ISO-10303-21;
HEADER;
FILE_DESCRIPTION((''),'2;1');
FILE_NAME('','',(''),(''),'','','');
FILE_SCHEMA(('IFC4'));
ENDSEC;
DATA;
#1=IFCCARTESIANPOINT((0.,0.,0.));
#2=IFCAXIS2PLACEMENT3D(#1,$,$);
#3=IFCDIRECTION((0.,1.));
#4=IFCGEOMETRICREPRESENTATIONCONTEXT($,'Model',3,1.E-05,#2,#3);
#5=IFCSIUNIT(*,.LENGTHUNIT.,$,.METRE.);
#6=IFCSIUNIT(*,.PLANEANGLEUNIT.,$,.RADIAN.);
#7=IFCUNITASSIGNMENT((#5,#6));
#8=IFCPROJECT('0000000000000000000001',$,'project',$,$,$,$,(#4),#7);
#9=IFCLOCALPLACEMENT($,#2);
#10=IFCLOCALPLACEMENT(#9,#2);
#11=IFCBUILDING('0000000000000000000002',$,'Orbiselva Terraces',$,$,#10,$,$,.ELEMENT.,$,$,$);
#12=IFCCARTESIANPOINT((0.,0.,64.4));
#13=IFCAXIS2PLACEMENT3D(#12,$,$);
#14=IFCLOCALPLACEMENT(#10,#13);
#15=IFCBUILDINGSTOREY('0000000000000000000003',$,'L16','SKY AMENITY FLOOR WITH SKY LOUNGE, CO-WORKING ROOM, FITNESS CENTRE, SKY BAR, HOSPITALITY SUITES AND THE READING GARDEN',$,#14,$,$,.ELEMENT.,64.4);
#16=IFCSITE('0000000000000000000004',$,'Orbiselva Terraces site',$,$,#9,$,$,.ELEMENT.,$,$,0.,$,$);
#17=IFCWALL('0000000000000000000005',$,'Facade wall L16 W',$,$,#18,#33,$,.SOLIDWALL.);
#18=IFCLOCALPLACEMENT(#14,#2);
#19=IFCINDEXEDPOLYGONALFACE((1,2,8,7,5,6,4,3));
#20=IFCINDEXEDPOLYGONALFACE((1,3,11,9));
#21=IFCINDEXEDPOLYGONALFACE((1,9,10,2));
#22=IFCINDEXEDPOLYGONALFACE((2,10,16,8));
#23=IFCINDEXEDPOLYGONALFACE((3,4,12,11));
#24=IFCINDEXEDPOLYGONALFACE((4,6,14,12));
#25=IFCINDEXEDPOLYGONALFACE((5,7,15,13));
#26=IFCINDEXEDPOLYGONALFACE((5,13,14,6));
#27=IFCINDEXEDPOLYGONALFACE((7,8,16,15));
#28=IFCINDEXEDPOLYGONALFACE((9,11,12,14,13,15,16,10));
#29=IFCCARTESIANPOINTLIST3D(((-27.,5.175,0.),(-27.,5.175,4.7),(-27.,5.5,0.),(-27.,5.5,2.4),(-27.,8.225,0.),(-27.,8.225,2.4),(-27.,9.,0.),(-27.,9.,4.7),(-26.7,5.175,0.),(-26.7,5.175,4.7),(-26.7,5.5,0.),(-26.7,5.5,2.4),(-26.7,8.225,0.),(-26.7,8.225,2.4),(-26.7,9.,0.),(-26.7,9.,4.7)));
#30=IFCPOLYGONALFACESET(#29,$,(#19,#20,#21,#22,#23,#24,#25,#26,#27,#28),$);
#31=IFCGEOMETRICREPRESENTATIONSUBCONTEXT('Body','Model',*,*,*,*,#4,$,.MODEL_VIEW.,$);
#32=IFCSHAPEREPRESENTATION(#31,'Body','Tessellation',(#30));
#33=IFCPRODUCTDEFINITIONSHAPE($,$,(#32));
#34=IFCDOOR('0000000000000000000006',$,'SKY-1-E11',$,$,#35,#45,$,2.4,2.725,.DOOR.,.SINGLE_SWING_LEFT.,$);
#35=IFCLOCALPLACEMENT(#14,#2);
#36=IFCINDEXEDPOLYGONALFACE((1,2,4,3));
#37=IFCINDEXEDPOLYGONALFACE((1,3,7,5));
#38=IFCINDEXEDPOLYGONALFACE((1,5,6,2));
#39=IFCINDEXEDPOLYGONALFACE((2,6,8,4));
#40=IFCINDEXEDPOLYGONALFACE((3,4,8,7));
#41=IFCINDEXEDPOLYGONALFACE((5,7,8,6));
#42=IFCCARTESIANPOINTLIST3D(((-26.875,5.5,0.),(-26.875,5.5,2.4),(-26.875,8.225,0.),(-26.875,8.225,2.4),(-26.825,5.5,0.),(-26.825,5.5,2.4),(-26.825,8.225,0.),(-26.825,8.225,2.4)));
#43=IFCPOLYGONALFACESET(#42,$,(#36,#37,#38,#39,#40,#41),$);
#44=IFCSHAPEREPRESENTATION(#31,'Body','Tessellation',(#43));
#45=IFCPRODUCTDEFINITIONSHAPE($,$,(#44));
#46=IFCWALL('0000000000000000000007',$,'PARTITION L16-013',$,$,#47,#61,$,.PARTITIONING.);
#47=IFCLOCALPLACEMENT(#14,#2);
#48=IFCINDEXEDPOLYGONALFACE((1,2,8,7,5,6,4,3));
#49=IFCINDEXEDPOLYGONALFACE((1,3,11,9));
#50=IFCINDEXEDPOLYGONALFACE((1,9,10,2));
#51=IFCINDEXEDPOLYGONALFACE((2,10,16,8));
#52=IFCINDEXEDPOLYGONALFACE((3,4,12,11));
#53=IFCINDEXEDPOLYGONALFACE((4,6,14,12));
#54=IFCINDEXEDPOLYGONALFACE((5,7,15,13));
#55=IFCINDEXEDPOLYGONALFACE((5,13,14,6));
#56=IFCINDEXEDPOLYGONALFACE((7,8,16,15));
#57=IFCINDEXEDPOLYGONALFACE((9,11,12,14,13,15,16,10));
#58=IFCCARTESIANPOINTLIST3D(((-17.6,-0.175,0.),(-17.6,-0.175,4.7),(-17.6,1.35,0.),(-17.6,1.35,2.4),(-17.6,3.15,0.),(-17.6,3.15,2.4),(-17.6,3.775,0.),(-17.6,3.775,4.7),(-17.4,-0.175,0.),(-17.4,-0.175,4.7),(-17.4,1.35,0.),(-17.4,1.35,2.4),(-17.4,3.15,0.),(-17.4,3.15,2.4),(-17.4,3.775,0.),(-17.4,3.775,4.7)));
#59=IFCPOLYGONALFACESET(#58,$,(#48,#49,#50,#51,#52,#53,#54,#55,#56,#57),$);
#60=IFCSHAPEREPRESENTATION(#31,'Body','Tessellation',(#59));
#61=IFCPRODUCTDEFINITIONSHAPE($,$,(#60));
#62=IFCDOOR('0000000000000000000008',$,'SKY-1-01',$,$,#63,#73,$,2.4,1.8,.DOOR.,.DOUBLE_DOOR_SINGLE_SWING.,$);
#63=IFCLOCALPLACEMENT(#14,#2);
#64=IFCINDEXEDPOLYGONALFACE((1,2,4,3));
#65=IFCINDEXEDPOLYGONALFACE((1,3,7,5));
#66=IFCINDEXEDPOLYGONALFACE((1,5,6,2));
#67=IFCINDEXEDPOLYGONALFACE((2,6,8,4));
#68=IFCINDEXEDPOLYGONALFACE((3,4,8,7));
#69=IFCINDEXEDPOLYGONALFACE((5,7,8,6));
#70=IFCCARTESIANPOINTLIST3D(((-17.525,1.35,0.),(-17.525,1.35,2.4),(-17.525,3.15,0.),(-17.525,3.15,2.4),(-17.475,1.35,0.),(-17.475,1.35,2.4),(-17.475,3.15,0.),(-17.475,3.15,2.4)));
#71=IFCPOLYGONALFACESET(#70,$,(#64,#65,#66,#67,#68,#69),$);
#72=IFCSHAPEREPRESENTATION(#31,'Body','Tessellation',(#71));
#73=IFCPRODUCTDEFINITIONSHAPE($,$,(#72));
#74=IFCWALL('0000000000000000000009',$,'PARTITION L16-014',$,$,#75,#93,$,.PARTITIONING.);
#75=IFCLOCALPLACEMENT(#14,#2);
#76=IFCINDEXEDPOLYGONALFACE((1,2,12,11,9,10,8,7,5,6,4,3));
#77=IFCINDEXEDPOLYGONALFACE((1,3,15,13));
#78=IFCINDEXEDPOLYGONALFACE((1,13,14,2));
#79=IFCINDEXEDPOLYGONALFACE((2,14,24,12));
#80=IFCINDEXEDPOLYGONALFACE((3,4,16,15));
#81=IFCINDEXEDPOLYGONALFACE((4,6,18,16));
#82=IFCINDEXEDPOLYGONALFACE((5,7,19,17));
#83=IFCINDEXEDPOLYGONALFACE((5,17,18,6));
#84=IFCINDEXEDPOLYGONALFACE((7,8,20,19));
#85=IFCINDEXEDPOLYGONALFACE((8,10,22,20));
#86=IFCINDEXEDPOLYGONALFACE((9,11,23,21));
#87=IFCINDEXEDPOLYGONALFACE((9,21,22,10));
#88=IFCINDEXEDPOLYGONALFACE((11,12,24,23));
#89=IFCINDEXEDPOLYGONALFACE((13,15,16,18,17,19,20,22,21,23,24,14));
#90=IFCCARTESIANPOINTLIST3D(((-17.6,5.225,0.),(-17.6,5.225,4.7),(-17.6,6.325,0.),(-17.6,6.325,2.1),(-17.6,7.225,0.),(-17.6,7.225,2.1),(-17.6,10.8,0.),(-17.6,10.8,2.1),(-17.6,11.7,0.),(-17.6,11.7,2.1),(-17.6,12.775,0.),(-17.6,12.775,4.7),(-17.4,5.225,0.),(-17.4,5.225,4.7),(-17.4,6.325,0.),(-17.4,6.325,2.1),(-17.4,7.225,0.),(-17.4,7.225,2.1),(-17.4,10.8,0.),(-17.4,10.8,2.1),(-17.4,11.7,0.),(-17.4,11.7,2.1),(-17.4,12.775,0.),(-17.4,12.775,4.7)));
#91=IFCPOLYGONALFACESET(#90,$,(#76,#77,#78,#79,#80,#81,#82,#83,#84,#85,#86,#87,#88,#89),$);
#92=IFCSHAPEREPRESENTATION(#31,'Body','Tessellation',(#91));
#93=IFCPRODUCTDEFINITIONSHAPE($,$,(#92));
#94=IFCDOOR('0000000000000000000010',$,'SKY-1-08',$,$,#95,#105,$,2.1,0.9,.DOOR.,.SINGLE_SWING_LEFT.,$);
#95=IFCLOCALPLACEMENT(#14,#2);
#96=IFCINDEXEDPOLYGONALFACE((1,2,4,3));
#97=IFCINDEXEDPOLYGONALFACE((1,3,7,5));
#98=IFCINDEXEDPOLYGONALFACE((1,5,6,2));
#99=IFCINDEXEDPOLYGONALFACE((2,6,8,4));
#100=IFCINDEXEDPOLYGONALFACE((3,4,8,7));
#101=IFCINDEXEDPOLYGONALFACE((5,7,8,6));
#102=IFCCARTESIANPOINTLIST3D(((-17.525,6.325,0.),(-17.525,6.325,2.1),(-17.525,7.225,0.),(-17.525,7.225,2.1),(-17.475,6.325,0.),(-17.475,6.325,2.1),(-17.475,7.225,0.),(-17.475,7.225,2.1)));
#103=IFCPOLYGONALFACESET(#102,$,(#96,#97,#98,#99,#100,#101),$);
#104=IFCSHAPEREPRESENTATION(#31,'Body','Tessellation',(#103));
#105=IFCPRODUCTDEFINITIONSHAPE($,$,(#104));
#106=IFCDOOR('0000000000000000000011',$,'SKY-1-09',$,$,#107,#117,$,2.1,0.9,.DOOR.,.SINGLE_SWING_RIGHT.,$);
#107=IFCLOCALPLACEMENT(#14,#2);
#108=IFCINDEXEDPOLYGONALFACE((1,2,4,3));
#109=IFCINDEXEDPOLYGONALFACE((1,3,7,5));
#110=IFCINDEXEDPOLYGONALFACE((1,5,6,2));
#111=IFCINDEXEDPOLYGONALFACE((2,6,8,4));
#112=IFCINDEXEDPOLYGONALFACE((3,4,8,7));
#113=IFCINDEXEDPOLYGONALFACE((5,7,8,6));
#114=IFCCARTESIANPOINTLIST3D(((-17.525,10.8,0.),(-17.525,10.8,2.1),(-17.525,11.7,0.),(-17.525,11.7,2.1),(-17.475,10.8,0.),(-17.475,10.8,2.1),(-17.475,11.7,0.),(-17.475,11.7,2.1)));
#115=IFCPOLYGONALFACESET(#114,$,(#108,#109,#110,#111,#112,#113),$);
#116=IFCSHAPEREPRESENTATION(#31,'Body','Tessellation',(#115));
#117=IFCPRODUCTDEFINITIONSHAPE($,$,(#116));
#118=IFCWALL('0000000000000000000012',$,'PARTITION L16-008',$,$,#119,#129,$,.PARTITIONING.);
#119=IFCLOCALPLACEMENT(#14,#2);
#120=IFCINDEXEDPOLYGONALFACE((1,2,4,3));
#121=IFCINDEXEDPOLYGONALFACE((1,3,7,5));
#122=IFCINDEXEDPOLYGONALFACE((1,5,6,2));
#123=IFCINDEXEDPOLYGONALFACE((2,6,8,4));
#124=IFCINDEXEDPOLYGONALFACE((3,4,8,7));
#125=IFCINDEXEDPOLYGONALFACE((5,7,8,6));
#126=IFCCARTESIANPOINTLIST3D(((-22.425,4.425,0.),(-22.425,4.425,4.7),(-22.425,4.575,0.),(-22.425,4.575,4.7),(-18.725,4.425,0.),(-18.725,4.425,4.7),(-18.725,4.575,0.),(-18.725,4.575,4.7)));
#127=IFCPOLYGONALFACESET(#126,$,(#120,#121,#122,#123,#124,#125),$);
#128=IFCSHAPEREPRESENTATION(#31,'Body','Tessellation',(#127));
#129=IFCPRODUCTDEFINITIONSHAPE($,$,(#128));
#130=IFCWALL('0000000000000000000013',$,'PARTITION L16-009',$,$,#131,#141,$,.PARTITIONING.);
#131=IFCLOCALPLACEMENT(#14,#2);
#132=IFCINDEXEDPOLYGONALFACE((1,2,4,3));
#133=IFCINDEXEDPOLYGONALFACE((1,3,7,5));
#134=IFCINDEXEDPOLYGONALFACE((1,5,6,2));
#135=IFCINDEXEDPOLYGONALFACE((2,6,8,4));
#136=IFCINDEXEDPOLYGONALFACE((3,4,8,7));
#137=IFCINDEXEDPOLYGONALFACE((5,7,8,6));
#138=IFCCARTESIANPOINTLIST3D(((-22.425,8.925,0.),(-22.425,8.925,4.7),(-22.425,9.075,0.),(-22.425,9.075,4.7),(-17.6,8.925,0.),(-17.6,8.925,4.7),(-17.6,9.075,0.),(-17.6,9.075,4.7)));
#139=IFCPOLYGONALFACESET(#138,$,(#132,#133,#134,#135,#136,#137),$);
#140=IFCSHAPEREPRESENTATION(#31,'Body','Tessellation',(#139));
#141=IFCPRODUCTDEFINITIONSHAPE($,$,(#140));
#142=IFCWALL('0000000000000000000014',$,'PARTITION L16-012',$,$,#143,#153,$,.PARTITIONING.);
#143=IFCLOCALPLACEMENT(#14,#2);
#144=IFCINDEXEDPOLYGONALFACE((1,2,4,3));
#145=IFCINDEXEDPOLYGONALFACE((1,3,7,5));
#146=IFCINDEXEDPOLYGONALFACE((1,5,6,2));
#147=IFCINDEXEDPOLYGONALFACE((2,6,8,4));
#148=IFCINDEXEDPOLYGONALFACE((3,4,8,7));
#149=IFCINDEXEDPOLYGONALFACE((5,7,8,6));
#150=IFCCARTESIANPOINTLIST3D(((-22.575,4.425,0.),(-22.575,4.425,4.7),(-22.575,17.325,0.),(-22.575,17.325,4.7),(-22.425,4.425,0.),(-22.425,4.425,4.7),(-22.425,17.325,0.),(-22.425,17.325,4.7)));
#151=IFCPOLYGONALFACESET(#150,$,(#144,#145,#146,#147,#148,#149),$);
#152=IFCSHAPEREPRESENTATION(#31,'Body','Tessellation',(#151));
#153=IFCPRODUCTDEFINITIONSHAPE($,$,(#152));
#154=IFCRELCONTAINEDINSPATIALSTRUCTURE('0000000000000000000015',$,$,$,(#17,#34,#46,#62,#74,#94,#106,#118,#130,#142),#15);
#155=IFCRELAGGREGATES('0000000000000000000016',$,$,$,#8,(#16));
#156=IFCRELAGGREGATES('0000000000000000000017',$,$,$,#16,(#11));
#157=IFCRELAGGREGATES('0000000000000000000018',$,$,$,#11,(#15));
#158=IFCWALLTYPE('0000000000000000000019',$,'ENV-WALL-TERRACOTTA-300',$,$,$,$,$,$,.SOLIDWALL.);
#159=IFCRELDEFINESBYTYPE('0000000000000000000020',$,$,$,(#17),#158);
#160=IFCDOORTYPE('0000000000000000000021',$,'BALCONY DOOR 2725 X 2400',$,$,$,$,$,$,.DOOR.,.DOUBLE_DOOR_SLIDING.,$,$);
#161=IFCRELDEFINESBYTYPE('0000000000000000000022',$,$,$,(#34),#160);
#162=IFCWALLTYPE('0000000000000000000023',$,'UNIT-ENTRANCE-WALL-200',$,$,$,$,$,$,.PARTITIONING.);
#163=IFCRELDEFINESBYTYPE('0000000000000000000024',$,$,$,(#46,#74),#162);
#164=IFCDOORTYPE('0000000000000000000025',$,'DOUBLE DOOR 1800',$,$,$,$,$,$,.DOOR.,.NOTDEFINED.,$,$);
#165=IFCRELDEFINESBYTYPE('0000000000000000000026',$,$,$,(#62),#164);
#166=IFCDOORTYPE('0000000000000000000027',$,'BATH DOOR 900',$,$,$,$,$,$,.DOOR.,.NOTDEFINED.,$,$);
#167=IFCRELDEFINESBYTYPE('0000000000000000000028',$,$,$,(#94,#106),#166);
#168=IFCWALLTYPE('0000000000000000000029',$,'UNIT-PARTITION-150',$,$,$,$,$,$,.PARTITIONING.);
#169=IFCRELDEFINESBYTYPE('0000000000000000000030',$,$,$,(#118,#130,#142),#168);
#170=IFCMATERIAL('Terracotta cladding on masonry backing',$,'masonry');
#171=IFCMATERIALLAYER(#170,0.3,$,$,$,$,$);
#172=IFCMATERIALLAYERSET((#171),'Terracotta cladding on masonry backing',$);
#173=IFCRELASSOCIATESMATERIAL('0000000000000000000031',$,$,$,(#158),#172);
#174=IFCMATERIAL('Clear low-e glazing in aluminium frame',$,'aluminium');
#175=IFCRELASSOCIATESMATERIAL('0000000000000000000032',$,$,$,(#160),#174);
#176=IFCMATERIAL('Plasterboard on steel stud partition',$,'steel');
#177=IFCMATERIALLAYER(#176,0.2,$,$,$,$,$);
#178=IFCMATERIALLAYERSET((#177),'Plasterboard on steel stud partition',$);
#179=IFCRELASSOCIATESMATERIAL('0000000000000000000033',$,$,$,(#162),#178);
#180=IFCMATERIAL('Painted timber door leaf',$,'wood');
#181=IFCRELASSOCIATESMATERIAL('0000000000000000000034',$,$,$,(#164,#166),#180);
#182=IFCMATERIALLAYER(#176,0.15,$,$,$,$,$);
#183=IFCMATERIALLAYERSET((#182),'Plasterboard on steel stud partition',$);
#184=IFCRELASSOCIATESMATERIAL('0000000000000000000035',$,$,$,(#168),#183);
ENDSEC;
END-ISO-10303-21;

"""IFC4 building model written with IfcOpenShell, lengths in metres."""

from ifc_helpers import new_model, si_unit, direction, frame, frame_2d, origin, place, context, subcontext, project, spatial, rectangle, extrude, material, layer, layer_set, type_object, element, fill, save


model = new_model("IFC4")

# Units and contexts
model_context = context("Model", 3, precision=1e-05, world=origin(), true_north=direction((0.0, 1.0)))
body_context = subcontext(model_context, "Body", "Model", "MODEL_VIEW")
ifc_project = project(units=[si_unit("LENGTHUNIT", "METRE"), si_unit("PLANEANGLEUNIT", "RADIAN")], contexts=[model_context])

# Site, building, storey
site_placement = place(None, origin())
site = spatial("IfcSite", under=ifc_project, at=site_placement, Name="Orbiselva Terraces site", CompositionType="ELEMENT", RefElevation=0.0)
building_placement = place(site_placement, origin())
building = spatial("IfcBuilding", under=site, at=building_placement, Name="Orbiselva Terraces", CompositionType="ELEMENT")
storey_placement = place(building_placement, frame((0.0, 0.0, 64.4)))
storey = spatial("IfcBuildingStorey", under=building, at=storey_placement, Name="L16", Description="SKY AMENITY FLOOR WITH SKY LOUNGE, CO-WORKING ROOM, FITNESS CENTRE, SKY BAR, HOSPITALITY SUITES AND THE READING GARDEN", CompositionType="ELEMENT", Elevation=64.4)

# Shared definitions
ifc_material_1 = material(Name="Clear low-e glazing in aluminium frame", Category="aluminium")

# Walls, openings, doors
ifc_material_2 = material(Name="Terracotta cladding on masonry backing", Category="masonry")
ifc_layer_1 = layer(ifc_material_2, 0.3)
ifc_layer_set_1 = layer_set([ifc_layer_1], Name="Terracotta cladding on masonry backing")
wall_type_1 = type_object("IfcWallType", Name="ENV-WALL-TERRACOTTA-300", PredefinedType="SOLIDWALL", material=ifc_layer_set_1)
door_type_1 = type_object("IfcDoorType", Name="BALCONY DOOR 2725 X 2400", OperationType="DOUBLE_DOOR_SLIDING", PredefinedType="DOOR", material=ifc_material_1)
wall_1_placement = place(storey_placement, frame((-26.85, 5.175, 0.0), z_axis=(0.0, 0.0, 1.0), x_axis=(0.0, 1.0, 0.0)))
wall_1 = element("IfcWall", 1, at=wall_1_placement, inside=storey, type_object=wall_type_1, Name="Facade wall L16 W", PredefinedType="SOLIDWALL", context=body_context, shape_type="SweptSolid", body=[
    extrude(rectangle(XDim=3.825, YDim=0.3, at=frame_2d((1.9125, 0.0))), origin(), (0.0, 0.0, 1.0), 4.7),
])
opening_1_placement = place(wall_1_placement, frame((0.325, 0.0, 0.0)))
opening_1 = element("IfcOpeningElement", 2, at=opening_1_placement, cuts=wall_1, PredefinedType="OPENING", context=body_context, shape_type="SweptSolid", body=[
    extrude(rectangle(XDim=2.725, YDim=2.4, at=frame_2d((1.3625, 1.2))), frame((0.0, 0.16, 0.0), z_axis=(0.0, -1.0, 0.0), x_axis=(1.0, 0.0, 0.0)), (0.0, 0.0, 1.0), 0.32),
])
door_1_placement = place(opening_1_placement, origin())
door_1 = element("IfcDoor", 3, at=door_1_placement, inside=storey, type_object=door_type_1, Name="SKY-1-E11", OperationType="SINGLE_SWING_LEFT", OverallHeight=2.4, OverallWidth=2.725, PredefinedType="DOOR", context=body_context, shape_type="SweptSolid", body=[
    extrude(rectangle(XDim=2.725, YDim=2.4, at=frame_2d((1.3625, 1.2))), frame((0.0, 0.025, 0.0), z_axis=(0.0, -1.0, 0.0), x_axis=(1.0, 0.0, 0.0)), (0.0, 0.0, 1.0), 0.05),
])
fill(opening_1, door_1)
ifc_material_3 = material(Name="Plasterboard on steel stud partition", Category="steel")
ifc_layer_2 = layer(ifc_material_3, 0.2)
ifc_layer_set_2 = layer_set([ifc_layer_2], Name="Plasterboard on steel stud partition")
wall_type_2 = type_object("IfcWallType", Name="UNIT-ENTRANCE-WALL-200", PredefinedType="PARTITIONING", material=ifc_layer_set_2)
wall_2_placement = place(storey_placement, frame((-17.5, 3.775, 0.0), z_axis=(0.0, 0.0, 1.0), x_axis=(0.0, -1.0, 0.0)))
wall_2 = element("IfcWall", 4, at=wall_2_placement, inside=storey, type_object=wall_type_2, Name="PARTITION L16-013", PredefinedType="PARTITIONING", context=body_context, shape_type="SweptSolid", body=[
    extrude(rectangle(XDim=3.95, YDim=0.2, at=frame_2d((1.975, 0.0))), origin(), (0.0, 0.0, 1.0), 4.7),
])
opening_2_placement = place(wall_2_placement, frame((0.625, 0.0, 0.0)))
opening_2 = element("IfcOpeningElement", 5, at=opening_2_placement, cuts=wall_2, PredefinedType="OPENING", context=body_context, shape_type="SweptSolid", body=[
    extrude(rectangle(XDim=1.8, YDim=2.4, at=frame_2d((0.9, 1.2))), frame((0.0, 0.11, 0.0), z_axis=(0.0, -1.0, 0.0), x_axis=(1.0, 0.0, 0.0)), (0.0, 0.0, 1.0), 0.22),
])
ifc_material_4 = material(Name="Painted timber door leaf", Category="wood")
door_type_2 = type_object("IfcDoorType", Name="DOUBLE DOOR 1800", OperationType="NOTDEFINED", PredefinedType="DOOR", material=ifc_material_4)
door_2_placement = place(opening_2_placement, origin())
door_2 = element("IfcDoor", 6, at=door_2_placement, inside=storey, type_object=door_type_2, Name="SKY-1-01", OperationType="DOUBLE_DOOR_SINGLE_SWING", OverallHeight=2.4, OverallWidth=1.8, PredefinedType="DOOR", context=body_context, shape_type="SweptSolid", body=[
    extrude(rectangle(XDim=1.8, YDim=2.4, at=frame_2d((0.9, 1.2))), frame((0.0, 0.025, 0.0), z_axis=(0.0, -1.0, 0.0), x_axis=(1.0, 0.0, 0.0)), (0.0, 0.0, 1.0), 0.05),
])
fill(opening_2, door_2)

# Wall, openings, doors
wall_3_placement = place(storey_placement, frame((-17.5, 5.225, 0.0), z_axis=(0.0, 0.0, 1.0), x_axis=(0.0, 1.0, 0.0)))
wall_3 = element("IfcWall", 7, at=wall_3_placement, inside=storey, type_object=wall_type_2, Name="PARTITION L16-014", PredefinedType="PARTITIONING", context=body_context, shape_type="SweptSolid", body=[
    extrude(rectangle(XDim=7.55, YDim=0.2, at=frame_2d((3.775, 0.0))), origin(), (0.0, 0.0, 1.0), 4.7),
])
opening_3_placement = place(wall_3_placement, frame((1.1, 0.0, 0.0)))
opening_3 = element("IfcOpeningElement", 8, at=opening_3_placement, cuts=wall_3, PredefinedType="OPENING", context=body_context, shape_type="SweptSolid", body=[
    extrude(rectangle(XDim=0.9, YDim=2.1, at=frame_2d((0.45, 1.05))), frame((0.0, 0.11, 0.0), z_axis=(0.0, -1.0, 0.0), x_axis=(1.0, 0.0, 0.0)), (0.0, 0.0, 1.0), 0.22),
])
opening_4_placement = place(wall_3_placement, frame((5.575, 0.0, 0.0)))
opening_4 = element("IfcOpeningElement", 9, at=opening_4_placement, cuts=wall_3, PredefinedType="OPENING", context=body_context, shape_type="SweptSolid", body=[
    extrude(rectangle(XDim=0.9, YDim=2.1, at=frame_2d((0.45, 1.05))), frame((0.0, 0.11, 0.0), z_axis=(0.0, -1.0, 0.0), x_axis=(1.0, 0.0, 0.0)), (0.0, 0.0, 1.0), 0.22),
])
door_type_3 = type_object("IfcDoorType", Name="BATH DOOR 900", OperationType="NOTDEFINED", PredefinedType="DOOR", material=ifc_material_4)
door_3_placement = place(opening_3_placement, origin())
door_3 = element("IfcDoor", 10, at=door_3_placement, inside=storey, type_object=door_type_3, Name="SKY-1-08", OperationType="SINGLE_SWING_LEFT", OverallHeight=2.1, OverallWidth=0.9, PredefinedType="DOOR", context=body_context, shape_type="SweptSolid", body=[
    extrude(rectangle(XDim=0.9, YDim=2.1, at=frame_2d((0.45, 1.05))), frame((0.0, 0.025, 0.0), z_axis=(0.0, -1.0, 0.0), x_axis=(1.0, 0.0, 0.0)), (0.0, 0.0, 1.0), 0.05),
])
fill(opening_3, door_3)
door_4_placement = place(opening_4_placement, origin())
door_4 = element("IfcDoor", 11, at=door_4_placement, inside=storey, type_object=door_type_3, Name="SKY-1-09", OperationType="SINGLE_SWING_RIGHT", OverallHeight=2.1, OverallWidth=0.9, PredefinedType="DOOR", context=body_context, shape_type="SweptSolid", body=[
    extrude(rectangle(XDim=0.9, YDim=2.1, at=frame_2d((0.45, 1.05))), frame((0.0, 0.025, 0.0), z_axis=(0.0, -1.0, 0.0), x_axis=(1.0, 0.0, 0.0)), (0.0, 0.0, 1.0), 0.05),
])
fill(opening_4, door_4)

# Walls
ifc_layer_3 = layer(ifc_material_3, 0.15)
ifc_layer_set_3 = layer_set([ifc_layer_3], Name="Plasterboard on steel stud partition")
wall_type_3 = type_object("IfcWallType", Name="UNIT-PARTITION-150", PredefinedType="PARTITIONING", material=ifc_layer_set_3)
wall_4_placement = place(storey_placement, frame((-22.425, 4.5, 0.0), z_axis=(0.0, 0.0, 1.0), x_axis=(1.0, 0.0, 0.0)))
element("IfcWall", 12, at=wall_4_placement, inside=storey, type_object=wall_type_3, Name="PARTITION L16-008", PredefinedType="PARTITIONING", context=body_context, shape_type="SweptSolid", body=[
    extrude(rectangle(XDim=3.7, YDim=0.15, at=frame_2d((1.85, 0.0))), origin(), (0.0, 0.0, 1.0), 4.7),
])
wall_5_placement = place(storey_placement, frame((-22.425, 9.0, 0.0), z_axis=(0.0, 0.0, 1.0), x_axis=(1.0, 0.0, 0.0)))
element("IfcWall", 13, at=wall_5_placement, inside=storey, type_object=wall_type_3, Name="PARTITION L16-009", PredefinedType="PARTITIONING", context=body_context, shape_type="SweptSolid", body=[
    extrude(rectangle(XDim=4.825, YDim=0.15, at=frame_2d((2.4125, 0.0))), origin(), (0.0, 0.0, 1.0), 4.7),
])
wall_6_placement = place(storey_placement, frame((-22.5, 4.425, 0.0), z_axis=(0.0, 0.0, 1.0), x_axis=(0.0, 1.0, 0.0)))
element("IfcWall", 14, at=wall_6_placement, inside=storey, type_object=wall_type_3, Name="PARTITION L16-012", PredefinedType="PARTITIONING", context=body_context, shape_type="SweptSolid", body=[
    extrude(rectangle(XDim=12.9, YDim=0.15, at=frame_2d((6.45, 0.0))), origin(), (0.0, 0.0, 1.0), 4.7),
])

save(model, "model.ifc")
